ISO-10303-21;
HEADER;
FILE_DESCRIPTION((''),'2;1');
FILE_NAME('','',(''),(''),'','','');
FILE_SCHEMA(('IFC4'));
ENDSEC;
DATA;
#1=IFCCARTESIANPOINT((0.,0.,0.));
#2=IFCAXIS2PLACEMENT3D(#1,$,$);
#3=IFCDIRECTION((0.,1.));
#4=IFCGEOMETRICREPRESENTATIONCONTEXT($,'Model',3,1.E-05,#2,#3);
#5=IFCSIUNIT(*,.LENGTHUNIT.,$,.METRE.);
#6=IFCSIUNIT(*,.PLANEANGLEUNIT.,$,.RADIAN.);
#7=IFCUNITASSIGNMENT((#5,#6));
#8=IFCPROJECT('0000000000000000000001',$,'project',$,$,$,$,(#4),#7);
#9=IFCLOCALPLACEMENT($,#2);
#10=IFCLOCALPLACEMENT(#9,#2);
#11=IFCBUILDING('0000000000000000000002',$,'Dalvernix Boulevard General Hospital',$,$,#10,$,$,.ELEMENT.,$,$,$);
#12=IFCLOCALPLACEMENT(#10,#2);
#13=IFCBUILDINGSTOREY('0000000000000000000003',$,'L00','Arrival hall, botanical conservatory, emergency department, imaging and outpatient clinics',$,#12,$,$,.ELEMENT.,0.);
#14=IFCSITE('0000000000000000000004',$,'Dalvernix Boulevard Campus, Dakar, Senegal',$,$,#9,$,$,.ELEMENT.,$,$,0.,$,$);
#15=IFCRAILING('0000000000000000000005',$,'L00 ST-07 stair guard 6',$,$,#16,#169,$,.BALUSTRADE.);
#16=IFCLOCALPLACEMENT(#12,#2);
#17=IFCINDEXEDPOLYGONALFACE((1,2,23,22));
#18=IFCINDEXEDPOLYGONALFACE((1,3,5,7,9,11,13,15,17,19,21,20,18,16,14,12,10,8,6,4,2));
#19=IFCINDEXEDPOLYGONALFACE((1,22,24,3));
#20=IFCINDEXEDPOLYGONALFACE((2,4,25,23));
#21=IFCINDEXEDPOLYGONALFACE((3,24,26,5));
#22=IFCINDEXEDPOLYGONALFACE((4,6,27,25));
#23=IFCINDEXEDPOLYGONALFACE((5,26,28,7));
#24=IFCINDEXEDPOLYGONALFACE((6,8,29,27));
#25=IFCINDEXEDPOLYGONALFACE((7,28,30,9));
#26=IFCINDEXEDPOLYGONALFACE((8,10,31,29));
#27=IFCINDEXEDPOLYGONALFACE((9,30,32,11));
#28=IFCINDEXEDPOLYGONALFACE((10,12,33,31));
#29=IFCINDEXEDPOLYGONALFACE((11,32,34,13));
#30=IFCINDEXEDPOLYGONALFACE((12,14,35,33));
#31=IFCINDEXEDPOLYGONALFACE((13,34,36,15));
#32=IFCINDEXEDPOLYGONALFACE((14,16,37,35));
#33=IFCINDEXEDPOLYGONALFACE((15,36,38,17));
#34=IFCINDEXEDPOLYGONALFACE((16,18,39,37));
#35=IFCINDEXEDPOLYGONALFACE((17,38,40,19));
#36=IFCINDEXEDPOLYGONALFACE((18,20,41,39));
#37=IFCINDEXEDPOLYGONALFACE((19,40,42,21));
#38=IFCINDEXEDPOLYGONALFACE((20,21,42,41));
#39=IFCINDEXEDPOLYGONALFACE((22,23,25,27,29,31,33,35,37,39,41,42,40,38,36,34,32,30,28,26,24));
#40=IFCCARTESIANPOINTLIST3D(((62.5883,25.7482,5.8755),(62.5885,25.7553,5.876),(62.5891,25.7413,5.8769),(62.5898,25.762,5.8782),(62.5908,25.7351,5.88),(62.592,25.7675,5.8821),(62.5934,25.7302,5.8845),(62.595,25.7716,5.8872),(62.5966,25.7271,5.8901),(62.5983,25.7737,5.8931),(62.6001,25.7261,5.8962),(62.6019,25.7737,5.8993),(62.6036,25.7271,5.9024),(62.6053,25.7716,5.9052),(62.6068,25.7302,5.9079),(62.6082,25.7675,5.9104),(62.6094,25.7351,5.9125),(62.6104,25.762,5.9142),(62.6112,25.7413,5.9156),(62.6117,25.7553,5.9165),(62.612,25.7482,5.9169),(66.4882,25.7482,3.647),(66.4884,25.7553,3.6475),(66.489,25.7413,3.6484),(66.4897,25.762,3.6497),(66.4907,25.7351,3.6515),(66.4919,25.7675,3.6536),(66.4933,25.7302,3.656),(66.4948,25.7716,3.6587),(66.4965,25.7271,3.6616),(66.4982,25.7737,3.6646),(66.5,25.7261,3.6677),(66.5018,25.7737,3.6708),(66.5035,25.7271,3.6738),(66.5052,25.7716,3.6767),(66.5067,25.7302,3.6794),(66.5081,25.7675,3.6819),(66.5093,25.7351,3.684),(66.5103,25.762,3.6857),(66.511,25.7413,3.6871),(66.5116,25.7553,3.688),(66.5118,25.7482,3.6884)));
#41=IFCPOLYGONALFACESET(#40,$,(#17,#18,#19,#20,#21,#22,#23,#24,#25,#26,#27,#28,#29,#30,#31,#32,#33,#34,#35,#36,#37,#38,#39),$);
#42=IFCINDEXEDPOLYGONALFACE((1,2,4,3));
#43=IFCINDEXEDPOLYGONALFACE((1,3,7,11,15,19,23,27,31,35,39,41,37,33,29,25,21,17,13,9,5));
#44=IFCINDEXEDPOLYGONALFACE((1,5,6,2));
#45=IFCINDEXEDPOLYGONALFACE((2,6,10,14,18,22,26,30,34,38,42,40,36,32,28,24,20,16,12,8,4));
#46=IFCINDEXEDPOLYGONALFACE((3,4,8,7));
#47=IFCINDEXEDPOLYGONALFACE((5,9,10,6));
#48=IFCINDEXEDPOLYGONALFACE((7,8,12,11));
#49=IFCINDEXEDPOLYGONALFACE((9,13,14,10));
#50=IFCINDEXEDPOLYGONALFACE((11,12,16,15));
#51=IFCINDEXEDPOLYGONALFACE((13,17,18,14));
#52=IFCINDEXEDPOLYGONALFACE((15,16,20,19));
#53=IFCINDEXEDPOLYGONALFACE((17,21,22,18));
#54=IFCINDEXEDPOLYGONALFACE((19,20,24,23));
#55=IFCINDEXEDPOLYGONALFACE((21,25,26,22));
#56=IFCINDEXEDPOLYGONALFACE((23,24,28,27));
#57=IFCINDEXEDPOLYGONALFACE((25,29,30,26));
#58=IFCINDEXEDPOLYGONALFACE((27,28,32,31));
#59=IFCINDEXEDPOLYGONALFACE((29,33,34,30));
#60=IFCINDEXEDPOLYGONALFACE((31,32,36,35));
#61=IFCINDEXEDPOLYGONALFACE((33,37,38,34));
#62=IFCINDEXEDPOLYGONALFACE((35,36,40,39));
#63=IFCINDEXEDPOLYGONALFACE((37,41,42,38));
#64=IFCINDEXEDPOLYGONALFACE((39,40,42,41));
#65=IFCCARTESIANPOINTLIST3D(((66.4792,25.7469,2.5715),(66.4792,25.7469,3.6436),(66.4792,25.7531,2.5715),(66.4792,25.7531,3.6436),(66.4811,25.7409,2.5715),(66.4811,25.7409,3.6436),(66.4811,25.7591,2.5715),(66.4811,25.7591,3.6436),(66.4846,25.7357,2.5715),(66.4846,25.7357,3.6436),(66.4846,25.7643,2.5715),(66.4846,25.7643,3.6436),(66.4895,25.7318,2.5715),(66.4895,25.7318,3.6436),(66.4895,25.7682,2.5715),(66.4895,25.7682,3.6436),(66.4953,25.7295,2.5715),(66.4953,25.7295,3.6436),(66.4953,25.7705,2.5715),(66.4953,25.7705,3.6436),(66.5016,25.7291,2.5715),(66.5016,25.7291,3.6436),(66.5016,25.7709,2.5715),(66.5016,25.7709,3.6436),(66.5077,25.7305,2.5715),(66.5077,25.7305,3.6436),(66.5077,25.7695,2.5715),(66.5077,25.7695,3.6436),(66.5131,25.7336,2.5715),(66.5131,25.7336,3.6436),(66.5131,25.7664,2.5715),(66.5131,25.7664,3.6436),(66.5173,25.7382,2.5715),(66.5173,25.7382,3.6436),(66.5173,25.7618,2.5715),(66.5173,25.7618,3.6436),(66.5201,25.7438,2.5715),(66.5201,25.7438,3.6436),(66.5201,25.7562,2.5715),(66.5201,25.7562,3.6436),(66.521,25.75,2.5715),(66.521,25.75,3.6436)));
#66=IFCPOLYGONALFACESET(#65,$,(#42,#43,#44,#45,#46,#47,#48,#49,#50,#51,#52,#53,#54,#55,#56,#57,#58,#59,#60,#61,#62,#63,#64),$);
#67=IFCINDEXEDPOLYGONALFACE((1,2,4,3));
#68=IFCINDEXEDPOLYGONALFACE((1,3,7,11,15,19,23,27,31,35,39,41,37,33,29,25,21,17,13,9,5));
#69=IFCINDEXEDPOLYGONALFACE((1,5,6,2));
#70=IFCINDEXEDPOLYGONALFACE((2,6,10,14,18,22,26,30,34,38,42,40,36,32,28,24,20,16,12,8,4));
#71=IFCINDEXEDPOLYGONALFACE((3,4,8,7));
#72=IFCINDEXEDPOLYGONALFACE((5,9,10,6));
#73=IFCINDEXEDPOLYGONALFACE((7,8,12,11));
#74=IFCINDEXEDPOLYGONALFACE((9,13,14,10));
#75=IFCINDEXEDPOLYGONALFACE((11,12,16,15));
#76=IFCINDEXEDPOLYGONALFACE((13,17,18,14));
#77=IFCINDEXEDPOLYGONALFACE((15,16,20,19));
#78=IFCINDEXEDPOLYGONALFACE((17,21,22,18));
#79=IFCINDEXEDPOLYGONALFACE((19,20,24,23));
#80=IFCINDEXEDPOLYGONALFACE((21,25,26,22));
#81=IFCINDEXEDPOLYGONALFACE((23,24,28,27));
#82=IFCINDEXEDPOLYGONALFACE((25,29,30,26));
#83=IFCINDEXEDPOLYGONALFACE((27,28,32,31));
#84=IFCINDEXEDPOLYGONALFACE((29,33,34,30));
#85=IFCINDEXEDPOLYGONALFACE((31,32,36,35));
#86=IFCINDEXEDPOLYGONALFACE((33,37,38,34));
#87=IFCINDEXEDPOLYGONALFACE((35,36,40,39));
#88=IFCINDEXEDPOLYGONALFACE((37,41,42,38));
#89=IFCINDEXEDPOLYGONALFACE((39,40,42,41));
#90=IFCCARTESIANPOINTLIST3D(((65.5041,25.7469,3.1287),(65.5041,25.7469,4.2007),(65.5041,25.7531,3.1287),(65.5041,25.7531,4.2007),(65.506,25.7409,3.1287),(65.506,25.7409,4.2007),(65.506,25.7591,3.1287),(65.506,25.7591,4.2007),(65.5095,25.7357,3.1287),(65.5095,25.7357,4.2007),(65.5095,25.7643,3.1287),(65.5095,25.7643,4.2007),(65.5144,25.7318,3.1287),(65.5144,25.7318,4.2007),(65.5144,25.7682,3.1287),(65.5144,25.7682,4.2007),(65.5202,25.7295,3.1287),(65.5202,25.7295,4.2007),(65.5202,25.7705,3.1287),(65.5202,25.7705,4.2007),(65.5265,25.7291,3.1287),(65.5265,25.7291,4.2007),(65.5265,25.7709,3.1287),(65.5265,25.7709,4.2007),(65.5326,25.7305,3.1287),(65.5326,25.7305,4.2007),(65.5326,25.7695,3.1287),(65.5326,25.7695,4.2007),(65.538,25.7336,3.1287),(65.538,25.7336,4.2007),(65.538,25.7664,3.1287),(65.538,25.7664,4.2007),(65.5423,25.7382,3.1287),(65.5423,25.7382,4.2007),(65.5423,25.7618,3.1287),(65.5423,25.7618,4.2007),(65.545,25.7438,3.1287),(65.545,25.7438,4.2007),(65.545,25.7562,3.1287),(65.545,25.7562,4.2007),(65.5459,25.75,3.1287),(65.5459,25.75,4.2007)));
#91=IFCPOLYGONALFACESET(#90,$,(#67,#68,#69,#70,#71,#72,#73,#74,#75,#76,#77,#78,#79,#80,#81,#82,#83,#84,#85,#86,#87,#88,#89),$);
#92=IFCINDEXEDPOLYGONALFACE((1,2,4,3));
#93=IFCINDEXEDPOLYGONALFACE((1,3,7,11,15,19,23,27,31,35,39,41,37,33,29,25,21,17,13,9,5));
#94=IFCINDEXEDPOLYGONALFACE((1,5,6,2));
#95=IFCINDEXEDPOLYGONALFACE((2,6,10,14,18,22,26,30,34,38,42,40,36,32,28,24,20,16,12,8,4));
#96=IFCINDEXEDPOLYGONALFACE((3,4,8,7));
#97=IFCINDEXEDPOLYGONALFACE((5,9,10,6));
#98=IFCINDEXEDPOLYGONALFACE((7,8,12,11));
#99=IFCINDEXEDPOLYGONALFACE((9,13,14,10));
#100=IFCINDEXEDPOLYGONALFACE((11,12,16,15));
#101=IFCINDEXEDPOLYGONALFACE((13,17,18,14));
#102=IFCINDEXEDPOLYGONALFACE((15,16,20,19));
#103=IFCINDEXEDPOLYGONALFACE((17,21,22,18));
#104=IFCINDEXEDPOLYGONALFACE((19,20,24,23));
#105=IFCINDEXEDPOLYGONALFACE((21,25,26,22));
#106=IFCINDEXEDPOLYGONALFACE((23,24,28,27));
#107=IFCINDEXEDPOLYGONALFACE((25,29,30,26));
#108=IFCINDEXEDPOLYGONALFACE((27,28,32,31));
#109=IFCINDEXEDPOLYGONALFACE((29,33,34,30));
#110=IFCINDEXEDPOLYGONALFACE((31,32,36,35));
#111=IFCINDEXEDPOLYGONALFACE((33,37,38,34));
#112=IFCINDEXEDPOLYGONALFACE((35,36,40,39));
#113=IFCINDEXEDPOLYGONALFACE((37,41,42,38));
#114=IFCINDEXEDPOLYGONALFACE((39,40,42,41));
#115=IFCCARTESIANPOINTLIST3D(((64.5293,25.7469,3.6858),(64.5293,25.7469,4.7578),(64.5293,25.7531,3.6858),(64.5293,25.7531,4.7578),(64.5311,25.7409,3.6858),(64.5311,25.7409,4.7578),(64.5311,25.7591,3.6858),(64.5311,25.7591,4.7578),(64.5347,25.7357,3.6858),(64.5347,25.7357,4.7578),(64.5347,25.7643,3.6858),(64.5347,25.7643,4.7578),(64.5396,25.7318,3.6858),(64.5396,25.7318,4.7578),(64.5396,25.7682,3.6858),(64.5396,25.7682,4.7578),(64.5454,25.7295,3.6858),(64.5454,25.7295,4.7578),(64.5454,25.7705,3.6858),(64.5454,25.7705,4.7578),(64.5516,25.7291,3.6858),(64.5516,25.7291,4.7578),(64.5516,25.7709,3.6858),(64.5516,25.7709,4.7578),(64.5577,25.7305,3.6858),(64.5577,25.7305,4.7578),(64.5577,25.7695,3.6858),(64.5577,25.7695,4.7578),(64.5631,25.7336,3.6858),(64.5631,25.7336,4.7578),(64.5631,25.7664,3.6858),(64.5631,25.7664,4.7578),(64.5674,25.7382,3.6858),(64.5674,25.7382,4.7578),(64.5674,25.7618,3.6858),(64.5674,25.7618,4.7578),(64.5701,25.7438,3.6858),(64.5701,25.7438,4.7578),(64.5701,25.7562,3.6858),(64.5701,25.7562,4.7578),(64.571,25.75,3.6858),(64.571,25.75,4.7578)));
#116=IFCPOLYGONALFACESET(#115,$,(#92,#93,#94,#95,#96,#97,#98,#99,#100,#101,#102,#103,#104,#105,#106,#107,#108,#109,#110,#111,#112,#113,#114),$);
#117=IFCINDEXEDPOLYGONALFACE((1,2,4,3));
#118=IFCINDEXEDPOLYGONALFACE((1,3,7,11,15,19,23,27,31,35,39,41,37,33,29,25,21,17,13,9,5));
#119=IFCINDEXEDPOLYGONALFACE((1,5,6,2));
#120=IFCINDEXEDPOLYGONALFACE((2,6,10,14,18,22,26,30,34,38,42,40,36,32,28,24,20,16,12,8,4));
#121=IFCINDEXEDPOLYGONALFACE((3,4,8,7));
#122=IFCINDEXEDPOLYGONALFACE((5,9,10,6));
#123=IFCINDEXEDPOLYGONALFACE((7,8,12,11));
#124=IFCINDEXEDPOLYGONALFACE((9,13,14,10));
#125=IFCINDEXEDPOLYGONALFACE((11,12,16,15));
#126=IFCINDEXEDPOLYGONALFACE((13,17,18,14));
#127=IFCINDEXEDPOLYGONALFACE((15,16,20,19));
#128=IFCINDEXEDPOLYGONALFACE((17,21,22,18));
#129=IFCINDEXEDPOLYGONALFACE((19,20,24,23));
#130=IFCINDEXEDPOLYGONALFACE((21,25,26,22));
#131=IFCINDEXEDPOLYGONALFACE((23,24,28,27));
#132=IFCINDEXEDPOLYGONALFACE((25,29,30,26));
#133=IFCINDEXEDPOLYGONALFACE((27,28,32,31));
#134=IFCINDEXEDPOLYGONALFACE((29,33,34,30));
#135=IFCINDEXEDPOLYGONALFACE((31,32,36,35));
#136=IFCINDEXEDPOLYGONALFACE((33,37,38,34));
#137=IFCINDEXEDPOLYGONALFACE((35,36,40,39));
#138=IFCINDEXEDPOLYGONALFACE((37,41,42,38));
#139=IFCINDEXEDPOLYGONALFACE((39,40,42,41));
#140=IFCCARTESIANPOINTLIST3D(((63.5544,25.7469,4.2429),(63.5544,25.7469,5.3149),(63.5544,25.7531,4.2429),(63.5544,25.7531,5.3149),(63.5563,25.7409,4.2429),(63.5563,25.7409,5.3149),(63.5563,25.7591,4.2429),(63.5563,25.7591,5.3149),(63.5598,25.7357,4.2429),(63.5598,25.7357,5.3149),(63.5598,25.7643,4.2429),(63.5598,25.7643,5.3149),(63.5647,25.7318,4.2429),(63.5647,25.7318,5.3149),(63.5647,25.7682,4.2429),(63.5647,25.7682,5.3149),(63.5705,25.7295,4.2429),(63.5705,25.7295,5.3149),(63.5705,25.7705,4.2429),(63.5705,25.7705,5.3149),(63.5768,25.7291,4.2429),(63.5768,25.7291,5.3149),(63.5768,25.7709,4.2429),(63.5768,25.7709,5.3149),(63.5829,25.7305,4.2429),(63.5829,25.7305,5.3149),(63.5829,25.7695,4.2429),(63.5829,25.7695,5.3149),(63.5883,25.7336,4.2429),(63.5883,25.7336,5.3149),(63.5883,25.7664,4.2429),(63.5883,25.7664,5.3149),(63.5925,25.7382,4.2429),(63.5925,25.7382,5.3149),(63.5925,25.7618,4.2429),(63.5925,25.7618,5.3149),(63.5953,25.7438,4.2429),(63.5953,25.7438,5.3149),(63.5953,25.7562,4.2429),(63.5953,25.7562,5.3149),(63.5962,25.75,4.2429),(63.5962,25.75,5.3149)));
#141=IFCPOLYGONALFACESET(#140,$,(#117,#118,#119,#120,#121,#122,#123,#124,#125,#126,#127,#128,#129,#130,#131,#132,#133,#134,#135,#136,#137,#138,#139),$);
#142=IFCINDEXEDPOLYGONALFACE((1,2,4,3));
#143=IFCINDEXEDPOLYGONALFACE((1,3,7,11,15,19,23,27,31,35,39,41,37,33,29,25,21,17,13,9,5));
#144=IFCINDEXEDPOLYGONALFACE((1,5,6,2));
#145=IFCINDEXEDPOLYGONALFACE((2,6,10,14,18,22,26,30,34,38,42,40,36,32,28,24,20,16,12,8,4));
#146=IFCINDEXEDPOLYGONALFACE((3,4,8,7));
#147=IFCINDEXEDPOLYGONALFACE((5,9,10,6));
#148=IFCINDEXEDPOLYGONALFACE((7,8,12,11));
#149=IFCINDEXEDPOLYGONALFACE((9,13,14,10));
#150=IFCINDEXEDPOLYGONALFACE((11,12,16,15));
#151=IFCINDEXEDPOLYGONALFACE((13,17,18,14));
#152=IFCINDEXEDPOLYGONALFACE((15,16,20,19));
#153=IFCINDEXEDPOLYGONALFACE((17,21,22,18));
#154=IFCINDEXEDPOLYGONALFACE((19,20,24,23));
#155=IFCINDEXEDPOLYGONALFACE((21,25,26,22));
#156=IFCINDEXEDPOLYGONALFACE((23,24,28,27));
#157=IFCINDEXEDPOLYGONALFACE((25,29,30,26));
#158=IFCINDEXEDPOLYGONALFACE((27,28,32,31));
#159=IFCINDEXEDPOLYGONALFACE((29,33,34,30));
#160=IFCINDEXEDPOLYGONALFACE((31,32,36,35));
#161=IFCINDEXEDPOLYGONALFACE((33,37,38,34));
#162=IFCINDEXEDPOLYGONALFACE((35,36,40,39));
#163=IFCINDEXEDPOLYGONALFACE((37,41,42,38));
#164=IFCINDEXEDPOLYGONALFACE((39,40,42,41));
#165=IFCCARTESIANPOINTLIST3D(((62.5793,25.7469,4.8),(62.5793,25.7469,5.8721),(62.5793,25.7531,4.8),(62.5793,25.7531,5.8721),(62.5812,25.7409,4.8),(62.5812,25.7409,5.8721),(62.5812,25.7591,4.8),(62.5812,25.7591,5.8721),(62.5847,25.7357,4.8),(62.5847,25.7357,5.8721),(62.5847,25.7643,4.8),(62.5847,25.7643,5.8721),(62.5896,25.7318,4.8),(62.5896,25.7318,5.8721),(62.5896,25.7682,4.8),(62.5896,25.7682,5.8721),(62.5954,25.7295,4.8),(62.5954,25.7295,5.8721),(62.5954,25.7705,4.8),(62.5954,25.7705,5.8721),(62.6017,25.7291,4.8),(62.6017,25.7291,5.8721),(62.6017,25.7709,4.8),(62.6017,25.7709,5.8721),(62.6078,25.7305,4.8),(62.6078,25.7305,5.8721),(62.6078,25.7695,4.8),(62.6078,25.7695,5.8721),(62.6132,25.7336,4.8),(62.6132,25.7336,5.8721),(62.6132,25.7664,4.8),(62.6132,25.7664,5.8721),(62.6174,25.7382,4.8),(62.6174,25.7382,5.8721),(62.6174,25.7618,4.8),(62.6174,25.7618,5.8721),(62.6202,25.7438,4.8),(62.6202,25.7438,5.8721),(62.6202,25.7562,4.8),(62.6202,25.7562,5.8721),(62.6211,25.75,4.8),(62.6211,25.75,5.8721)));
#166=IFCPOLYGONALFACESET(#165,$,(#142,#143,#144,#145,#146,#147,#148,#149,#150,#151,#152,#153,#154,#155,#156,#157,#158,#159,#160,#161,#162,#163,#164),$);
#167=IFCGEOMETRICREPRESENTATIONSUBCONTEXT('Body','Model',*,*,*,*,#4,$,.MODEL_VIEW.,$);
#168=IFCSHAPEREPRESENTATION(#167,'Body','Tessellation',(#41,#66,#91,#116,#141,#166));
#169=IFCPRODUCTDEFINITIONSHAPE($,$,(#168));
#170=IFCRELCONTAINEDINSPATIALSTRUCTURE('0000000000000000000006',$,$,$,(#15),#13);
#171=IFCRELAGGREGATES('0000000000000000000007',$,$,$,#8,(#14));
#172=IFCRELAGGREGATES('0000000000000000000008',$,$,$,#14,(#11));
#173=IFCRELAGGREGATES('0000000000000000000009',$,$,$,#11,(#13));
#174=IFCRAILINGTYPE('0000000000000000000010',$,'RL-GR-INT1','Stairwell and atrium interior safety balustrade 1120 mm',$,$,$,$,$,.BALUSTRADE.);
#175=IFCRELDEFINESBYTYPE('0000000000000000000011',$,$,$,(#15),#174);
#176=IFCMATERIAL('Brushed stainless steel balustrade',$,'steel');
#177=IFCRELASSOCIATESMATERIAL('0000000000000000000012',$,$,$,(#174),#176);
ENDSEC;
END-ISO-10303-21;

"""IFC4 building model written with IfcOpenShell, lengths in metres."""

from ifc_helpers import new_model, si_unit, direction, frame, origin, origin_2d, place, context, subcontext, project, spatial, circle, extrude, material, type_object, element, save


model = new_model("IFC4")

# Units and contexts
model_context = context("Model", 3, precision=1e-05, world=origin(), true_north=direction((0.0, 1.0)))
body_context = subcontext(model_context, "Body", "Model", "MODEL_VIEW")
ifc_project = project(units=[si_unit("LENGTHUNIT", "METRE"), si_unit("PLANEANGLEUNIT", "RADIAN")], contexts=[model_context])

# Site, building, storey
site_placement = place(None, origin())
site = spatial("IfcSite", under=ifc_project, at=site_placement, Name="Dalvernix Boulevard Campus, Dakar, Senegal", CompositionType="ELEMENT", RefElevation=0.0)
building_placement = place(site_placement, origin())
building = spatial("IfcBuilding", under=site, at=building_placement, Name="Dalvernix Boulevard General Hospital", CompositionType="ELEMENT")
storey_placement = place(building_placement, origin())
storey = spatial("IfcBuildingStorey", under=building, at=storey_placement, Name="L00", Description="Arrival hall, botanical conservatory, emergency department, imaging and outpatient clinics", CompositionType="ELEMENT", Elevation=0.0)

# Railing
ifc_material_1 = material(Name="Brushed stainless steel balustrade", Category="steel")
railing_type_1 = type_object("IfcRailingType", Name="RL-GR-INT1", Description="Stairwell and atrium interior safety balustrade 1120 mm", PredefinedType="BALUSTRADE", material=ifc_material_1)
railing_1_placement = place(storey_placement, frame((66.5, 25.75, 2.5715)))
element("IfcRailing", 1, at=railing_1_placement, inside=storey, type_object=railing_type_1, Name="L00 ST-07 stair guard 6", PredefinedType="BALUSTRADE", context=body_context, shape_type="SweptSolid", body=[
    extrude(circle(Radius=0.0239, at=origin_2d()), frame((0.0, 0.0, 1.0962), z_axis=(-0.868243, 0.0, 0.496139), x_axis=(0.0, -1.0, 0.0)), (0.0, 0.0, 1.0), 4.4917),
    extrude(circle(Radius=0.021, at=origin_2d()), origin(), (0.0, 0.0, 1.0), 1.072),
    extrude(circle(Radius=0.021, at=origin_2d()), frame((-0.9751, 0.0, 0.5571)), (0.0, 0.0, 1.0), 1.072),
    extrude(circle(Radius=0.021, at=origin_2d()), frame((-1.95, 0.0, 1.1143)), (0.0, 0.0, 1.0), 1.072),
    extrude(circle(Radius=0.021, at=origin_2d()), frame((-2.9248, 0.0, 1.6714)), (0.0, 0.0, 1.0), 1.072),
    extrude(circle(Radius=0.021, at=origin_2d()), frame((-3.8999, 0.0, 2.2285)), (0.0, 0.0, 1.0), 1.072),
])

save(model, "model.ifc")
